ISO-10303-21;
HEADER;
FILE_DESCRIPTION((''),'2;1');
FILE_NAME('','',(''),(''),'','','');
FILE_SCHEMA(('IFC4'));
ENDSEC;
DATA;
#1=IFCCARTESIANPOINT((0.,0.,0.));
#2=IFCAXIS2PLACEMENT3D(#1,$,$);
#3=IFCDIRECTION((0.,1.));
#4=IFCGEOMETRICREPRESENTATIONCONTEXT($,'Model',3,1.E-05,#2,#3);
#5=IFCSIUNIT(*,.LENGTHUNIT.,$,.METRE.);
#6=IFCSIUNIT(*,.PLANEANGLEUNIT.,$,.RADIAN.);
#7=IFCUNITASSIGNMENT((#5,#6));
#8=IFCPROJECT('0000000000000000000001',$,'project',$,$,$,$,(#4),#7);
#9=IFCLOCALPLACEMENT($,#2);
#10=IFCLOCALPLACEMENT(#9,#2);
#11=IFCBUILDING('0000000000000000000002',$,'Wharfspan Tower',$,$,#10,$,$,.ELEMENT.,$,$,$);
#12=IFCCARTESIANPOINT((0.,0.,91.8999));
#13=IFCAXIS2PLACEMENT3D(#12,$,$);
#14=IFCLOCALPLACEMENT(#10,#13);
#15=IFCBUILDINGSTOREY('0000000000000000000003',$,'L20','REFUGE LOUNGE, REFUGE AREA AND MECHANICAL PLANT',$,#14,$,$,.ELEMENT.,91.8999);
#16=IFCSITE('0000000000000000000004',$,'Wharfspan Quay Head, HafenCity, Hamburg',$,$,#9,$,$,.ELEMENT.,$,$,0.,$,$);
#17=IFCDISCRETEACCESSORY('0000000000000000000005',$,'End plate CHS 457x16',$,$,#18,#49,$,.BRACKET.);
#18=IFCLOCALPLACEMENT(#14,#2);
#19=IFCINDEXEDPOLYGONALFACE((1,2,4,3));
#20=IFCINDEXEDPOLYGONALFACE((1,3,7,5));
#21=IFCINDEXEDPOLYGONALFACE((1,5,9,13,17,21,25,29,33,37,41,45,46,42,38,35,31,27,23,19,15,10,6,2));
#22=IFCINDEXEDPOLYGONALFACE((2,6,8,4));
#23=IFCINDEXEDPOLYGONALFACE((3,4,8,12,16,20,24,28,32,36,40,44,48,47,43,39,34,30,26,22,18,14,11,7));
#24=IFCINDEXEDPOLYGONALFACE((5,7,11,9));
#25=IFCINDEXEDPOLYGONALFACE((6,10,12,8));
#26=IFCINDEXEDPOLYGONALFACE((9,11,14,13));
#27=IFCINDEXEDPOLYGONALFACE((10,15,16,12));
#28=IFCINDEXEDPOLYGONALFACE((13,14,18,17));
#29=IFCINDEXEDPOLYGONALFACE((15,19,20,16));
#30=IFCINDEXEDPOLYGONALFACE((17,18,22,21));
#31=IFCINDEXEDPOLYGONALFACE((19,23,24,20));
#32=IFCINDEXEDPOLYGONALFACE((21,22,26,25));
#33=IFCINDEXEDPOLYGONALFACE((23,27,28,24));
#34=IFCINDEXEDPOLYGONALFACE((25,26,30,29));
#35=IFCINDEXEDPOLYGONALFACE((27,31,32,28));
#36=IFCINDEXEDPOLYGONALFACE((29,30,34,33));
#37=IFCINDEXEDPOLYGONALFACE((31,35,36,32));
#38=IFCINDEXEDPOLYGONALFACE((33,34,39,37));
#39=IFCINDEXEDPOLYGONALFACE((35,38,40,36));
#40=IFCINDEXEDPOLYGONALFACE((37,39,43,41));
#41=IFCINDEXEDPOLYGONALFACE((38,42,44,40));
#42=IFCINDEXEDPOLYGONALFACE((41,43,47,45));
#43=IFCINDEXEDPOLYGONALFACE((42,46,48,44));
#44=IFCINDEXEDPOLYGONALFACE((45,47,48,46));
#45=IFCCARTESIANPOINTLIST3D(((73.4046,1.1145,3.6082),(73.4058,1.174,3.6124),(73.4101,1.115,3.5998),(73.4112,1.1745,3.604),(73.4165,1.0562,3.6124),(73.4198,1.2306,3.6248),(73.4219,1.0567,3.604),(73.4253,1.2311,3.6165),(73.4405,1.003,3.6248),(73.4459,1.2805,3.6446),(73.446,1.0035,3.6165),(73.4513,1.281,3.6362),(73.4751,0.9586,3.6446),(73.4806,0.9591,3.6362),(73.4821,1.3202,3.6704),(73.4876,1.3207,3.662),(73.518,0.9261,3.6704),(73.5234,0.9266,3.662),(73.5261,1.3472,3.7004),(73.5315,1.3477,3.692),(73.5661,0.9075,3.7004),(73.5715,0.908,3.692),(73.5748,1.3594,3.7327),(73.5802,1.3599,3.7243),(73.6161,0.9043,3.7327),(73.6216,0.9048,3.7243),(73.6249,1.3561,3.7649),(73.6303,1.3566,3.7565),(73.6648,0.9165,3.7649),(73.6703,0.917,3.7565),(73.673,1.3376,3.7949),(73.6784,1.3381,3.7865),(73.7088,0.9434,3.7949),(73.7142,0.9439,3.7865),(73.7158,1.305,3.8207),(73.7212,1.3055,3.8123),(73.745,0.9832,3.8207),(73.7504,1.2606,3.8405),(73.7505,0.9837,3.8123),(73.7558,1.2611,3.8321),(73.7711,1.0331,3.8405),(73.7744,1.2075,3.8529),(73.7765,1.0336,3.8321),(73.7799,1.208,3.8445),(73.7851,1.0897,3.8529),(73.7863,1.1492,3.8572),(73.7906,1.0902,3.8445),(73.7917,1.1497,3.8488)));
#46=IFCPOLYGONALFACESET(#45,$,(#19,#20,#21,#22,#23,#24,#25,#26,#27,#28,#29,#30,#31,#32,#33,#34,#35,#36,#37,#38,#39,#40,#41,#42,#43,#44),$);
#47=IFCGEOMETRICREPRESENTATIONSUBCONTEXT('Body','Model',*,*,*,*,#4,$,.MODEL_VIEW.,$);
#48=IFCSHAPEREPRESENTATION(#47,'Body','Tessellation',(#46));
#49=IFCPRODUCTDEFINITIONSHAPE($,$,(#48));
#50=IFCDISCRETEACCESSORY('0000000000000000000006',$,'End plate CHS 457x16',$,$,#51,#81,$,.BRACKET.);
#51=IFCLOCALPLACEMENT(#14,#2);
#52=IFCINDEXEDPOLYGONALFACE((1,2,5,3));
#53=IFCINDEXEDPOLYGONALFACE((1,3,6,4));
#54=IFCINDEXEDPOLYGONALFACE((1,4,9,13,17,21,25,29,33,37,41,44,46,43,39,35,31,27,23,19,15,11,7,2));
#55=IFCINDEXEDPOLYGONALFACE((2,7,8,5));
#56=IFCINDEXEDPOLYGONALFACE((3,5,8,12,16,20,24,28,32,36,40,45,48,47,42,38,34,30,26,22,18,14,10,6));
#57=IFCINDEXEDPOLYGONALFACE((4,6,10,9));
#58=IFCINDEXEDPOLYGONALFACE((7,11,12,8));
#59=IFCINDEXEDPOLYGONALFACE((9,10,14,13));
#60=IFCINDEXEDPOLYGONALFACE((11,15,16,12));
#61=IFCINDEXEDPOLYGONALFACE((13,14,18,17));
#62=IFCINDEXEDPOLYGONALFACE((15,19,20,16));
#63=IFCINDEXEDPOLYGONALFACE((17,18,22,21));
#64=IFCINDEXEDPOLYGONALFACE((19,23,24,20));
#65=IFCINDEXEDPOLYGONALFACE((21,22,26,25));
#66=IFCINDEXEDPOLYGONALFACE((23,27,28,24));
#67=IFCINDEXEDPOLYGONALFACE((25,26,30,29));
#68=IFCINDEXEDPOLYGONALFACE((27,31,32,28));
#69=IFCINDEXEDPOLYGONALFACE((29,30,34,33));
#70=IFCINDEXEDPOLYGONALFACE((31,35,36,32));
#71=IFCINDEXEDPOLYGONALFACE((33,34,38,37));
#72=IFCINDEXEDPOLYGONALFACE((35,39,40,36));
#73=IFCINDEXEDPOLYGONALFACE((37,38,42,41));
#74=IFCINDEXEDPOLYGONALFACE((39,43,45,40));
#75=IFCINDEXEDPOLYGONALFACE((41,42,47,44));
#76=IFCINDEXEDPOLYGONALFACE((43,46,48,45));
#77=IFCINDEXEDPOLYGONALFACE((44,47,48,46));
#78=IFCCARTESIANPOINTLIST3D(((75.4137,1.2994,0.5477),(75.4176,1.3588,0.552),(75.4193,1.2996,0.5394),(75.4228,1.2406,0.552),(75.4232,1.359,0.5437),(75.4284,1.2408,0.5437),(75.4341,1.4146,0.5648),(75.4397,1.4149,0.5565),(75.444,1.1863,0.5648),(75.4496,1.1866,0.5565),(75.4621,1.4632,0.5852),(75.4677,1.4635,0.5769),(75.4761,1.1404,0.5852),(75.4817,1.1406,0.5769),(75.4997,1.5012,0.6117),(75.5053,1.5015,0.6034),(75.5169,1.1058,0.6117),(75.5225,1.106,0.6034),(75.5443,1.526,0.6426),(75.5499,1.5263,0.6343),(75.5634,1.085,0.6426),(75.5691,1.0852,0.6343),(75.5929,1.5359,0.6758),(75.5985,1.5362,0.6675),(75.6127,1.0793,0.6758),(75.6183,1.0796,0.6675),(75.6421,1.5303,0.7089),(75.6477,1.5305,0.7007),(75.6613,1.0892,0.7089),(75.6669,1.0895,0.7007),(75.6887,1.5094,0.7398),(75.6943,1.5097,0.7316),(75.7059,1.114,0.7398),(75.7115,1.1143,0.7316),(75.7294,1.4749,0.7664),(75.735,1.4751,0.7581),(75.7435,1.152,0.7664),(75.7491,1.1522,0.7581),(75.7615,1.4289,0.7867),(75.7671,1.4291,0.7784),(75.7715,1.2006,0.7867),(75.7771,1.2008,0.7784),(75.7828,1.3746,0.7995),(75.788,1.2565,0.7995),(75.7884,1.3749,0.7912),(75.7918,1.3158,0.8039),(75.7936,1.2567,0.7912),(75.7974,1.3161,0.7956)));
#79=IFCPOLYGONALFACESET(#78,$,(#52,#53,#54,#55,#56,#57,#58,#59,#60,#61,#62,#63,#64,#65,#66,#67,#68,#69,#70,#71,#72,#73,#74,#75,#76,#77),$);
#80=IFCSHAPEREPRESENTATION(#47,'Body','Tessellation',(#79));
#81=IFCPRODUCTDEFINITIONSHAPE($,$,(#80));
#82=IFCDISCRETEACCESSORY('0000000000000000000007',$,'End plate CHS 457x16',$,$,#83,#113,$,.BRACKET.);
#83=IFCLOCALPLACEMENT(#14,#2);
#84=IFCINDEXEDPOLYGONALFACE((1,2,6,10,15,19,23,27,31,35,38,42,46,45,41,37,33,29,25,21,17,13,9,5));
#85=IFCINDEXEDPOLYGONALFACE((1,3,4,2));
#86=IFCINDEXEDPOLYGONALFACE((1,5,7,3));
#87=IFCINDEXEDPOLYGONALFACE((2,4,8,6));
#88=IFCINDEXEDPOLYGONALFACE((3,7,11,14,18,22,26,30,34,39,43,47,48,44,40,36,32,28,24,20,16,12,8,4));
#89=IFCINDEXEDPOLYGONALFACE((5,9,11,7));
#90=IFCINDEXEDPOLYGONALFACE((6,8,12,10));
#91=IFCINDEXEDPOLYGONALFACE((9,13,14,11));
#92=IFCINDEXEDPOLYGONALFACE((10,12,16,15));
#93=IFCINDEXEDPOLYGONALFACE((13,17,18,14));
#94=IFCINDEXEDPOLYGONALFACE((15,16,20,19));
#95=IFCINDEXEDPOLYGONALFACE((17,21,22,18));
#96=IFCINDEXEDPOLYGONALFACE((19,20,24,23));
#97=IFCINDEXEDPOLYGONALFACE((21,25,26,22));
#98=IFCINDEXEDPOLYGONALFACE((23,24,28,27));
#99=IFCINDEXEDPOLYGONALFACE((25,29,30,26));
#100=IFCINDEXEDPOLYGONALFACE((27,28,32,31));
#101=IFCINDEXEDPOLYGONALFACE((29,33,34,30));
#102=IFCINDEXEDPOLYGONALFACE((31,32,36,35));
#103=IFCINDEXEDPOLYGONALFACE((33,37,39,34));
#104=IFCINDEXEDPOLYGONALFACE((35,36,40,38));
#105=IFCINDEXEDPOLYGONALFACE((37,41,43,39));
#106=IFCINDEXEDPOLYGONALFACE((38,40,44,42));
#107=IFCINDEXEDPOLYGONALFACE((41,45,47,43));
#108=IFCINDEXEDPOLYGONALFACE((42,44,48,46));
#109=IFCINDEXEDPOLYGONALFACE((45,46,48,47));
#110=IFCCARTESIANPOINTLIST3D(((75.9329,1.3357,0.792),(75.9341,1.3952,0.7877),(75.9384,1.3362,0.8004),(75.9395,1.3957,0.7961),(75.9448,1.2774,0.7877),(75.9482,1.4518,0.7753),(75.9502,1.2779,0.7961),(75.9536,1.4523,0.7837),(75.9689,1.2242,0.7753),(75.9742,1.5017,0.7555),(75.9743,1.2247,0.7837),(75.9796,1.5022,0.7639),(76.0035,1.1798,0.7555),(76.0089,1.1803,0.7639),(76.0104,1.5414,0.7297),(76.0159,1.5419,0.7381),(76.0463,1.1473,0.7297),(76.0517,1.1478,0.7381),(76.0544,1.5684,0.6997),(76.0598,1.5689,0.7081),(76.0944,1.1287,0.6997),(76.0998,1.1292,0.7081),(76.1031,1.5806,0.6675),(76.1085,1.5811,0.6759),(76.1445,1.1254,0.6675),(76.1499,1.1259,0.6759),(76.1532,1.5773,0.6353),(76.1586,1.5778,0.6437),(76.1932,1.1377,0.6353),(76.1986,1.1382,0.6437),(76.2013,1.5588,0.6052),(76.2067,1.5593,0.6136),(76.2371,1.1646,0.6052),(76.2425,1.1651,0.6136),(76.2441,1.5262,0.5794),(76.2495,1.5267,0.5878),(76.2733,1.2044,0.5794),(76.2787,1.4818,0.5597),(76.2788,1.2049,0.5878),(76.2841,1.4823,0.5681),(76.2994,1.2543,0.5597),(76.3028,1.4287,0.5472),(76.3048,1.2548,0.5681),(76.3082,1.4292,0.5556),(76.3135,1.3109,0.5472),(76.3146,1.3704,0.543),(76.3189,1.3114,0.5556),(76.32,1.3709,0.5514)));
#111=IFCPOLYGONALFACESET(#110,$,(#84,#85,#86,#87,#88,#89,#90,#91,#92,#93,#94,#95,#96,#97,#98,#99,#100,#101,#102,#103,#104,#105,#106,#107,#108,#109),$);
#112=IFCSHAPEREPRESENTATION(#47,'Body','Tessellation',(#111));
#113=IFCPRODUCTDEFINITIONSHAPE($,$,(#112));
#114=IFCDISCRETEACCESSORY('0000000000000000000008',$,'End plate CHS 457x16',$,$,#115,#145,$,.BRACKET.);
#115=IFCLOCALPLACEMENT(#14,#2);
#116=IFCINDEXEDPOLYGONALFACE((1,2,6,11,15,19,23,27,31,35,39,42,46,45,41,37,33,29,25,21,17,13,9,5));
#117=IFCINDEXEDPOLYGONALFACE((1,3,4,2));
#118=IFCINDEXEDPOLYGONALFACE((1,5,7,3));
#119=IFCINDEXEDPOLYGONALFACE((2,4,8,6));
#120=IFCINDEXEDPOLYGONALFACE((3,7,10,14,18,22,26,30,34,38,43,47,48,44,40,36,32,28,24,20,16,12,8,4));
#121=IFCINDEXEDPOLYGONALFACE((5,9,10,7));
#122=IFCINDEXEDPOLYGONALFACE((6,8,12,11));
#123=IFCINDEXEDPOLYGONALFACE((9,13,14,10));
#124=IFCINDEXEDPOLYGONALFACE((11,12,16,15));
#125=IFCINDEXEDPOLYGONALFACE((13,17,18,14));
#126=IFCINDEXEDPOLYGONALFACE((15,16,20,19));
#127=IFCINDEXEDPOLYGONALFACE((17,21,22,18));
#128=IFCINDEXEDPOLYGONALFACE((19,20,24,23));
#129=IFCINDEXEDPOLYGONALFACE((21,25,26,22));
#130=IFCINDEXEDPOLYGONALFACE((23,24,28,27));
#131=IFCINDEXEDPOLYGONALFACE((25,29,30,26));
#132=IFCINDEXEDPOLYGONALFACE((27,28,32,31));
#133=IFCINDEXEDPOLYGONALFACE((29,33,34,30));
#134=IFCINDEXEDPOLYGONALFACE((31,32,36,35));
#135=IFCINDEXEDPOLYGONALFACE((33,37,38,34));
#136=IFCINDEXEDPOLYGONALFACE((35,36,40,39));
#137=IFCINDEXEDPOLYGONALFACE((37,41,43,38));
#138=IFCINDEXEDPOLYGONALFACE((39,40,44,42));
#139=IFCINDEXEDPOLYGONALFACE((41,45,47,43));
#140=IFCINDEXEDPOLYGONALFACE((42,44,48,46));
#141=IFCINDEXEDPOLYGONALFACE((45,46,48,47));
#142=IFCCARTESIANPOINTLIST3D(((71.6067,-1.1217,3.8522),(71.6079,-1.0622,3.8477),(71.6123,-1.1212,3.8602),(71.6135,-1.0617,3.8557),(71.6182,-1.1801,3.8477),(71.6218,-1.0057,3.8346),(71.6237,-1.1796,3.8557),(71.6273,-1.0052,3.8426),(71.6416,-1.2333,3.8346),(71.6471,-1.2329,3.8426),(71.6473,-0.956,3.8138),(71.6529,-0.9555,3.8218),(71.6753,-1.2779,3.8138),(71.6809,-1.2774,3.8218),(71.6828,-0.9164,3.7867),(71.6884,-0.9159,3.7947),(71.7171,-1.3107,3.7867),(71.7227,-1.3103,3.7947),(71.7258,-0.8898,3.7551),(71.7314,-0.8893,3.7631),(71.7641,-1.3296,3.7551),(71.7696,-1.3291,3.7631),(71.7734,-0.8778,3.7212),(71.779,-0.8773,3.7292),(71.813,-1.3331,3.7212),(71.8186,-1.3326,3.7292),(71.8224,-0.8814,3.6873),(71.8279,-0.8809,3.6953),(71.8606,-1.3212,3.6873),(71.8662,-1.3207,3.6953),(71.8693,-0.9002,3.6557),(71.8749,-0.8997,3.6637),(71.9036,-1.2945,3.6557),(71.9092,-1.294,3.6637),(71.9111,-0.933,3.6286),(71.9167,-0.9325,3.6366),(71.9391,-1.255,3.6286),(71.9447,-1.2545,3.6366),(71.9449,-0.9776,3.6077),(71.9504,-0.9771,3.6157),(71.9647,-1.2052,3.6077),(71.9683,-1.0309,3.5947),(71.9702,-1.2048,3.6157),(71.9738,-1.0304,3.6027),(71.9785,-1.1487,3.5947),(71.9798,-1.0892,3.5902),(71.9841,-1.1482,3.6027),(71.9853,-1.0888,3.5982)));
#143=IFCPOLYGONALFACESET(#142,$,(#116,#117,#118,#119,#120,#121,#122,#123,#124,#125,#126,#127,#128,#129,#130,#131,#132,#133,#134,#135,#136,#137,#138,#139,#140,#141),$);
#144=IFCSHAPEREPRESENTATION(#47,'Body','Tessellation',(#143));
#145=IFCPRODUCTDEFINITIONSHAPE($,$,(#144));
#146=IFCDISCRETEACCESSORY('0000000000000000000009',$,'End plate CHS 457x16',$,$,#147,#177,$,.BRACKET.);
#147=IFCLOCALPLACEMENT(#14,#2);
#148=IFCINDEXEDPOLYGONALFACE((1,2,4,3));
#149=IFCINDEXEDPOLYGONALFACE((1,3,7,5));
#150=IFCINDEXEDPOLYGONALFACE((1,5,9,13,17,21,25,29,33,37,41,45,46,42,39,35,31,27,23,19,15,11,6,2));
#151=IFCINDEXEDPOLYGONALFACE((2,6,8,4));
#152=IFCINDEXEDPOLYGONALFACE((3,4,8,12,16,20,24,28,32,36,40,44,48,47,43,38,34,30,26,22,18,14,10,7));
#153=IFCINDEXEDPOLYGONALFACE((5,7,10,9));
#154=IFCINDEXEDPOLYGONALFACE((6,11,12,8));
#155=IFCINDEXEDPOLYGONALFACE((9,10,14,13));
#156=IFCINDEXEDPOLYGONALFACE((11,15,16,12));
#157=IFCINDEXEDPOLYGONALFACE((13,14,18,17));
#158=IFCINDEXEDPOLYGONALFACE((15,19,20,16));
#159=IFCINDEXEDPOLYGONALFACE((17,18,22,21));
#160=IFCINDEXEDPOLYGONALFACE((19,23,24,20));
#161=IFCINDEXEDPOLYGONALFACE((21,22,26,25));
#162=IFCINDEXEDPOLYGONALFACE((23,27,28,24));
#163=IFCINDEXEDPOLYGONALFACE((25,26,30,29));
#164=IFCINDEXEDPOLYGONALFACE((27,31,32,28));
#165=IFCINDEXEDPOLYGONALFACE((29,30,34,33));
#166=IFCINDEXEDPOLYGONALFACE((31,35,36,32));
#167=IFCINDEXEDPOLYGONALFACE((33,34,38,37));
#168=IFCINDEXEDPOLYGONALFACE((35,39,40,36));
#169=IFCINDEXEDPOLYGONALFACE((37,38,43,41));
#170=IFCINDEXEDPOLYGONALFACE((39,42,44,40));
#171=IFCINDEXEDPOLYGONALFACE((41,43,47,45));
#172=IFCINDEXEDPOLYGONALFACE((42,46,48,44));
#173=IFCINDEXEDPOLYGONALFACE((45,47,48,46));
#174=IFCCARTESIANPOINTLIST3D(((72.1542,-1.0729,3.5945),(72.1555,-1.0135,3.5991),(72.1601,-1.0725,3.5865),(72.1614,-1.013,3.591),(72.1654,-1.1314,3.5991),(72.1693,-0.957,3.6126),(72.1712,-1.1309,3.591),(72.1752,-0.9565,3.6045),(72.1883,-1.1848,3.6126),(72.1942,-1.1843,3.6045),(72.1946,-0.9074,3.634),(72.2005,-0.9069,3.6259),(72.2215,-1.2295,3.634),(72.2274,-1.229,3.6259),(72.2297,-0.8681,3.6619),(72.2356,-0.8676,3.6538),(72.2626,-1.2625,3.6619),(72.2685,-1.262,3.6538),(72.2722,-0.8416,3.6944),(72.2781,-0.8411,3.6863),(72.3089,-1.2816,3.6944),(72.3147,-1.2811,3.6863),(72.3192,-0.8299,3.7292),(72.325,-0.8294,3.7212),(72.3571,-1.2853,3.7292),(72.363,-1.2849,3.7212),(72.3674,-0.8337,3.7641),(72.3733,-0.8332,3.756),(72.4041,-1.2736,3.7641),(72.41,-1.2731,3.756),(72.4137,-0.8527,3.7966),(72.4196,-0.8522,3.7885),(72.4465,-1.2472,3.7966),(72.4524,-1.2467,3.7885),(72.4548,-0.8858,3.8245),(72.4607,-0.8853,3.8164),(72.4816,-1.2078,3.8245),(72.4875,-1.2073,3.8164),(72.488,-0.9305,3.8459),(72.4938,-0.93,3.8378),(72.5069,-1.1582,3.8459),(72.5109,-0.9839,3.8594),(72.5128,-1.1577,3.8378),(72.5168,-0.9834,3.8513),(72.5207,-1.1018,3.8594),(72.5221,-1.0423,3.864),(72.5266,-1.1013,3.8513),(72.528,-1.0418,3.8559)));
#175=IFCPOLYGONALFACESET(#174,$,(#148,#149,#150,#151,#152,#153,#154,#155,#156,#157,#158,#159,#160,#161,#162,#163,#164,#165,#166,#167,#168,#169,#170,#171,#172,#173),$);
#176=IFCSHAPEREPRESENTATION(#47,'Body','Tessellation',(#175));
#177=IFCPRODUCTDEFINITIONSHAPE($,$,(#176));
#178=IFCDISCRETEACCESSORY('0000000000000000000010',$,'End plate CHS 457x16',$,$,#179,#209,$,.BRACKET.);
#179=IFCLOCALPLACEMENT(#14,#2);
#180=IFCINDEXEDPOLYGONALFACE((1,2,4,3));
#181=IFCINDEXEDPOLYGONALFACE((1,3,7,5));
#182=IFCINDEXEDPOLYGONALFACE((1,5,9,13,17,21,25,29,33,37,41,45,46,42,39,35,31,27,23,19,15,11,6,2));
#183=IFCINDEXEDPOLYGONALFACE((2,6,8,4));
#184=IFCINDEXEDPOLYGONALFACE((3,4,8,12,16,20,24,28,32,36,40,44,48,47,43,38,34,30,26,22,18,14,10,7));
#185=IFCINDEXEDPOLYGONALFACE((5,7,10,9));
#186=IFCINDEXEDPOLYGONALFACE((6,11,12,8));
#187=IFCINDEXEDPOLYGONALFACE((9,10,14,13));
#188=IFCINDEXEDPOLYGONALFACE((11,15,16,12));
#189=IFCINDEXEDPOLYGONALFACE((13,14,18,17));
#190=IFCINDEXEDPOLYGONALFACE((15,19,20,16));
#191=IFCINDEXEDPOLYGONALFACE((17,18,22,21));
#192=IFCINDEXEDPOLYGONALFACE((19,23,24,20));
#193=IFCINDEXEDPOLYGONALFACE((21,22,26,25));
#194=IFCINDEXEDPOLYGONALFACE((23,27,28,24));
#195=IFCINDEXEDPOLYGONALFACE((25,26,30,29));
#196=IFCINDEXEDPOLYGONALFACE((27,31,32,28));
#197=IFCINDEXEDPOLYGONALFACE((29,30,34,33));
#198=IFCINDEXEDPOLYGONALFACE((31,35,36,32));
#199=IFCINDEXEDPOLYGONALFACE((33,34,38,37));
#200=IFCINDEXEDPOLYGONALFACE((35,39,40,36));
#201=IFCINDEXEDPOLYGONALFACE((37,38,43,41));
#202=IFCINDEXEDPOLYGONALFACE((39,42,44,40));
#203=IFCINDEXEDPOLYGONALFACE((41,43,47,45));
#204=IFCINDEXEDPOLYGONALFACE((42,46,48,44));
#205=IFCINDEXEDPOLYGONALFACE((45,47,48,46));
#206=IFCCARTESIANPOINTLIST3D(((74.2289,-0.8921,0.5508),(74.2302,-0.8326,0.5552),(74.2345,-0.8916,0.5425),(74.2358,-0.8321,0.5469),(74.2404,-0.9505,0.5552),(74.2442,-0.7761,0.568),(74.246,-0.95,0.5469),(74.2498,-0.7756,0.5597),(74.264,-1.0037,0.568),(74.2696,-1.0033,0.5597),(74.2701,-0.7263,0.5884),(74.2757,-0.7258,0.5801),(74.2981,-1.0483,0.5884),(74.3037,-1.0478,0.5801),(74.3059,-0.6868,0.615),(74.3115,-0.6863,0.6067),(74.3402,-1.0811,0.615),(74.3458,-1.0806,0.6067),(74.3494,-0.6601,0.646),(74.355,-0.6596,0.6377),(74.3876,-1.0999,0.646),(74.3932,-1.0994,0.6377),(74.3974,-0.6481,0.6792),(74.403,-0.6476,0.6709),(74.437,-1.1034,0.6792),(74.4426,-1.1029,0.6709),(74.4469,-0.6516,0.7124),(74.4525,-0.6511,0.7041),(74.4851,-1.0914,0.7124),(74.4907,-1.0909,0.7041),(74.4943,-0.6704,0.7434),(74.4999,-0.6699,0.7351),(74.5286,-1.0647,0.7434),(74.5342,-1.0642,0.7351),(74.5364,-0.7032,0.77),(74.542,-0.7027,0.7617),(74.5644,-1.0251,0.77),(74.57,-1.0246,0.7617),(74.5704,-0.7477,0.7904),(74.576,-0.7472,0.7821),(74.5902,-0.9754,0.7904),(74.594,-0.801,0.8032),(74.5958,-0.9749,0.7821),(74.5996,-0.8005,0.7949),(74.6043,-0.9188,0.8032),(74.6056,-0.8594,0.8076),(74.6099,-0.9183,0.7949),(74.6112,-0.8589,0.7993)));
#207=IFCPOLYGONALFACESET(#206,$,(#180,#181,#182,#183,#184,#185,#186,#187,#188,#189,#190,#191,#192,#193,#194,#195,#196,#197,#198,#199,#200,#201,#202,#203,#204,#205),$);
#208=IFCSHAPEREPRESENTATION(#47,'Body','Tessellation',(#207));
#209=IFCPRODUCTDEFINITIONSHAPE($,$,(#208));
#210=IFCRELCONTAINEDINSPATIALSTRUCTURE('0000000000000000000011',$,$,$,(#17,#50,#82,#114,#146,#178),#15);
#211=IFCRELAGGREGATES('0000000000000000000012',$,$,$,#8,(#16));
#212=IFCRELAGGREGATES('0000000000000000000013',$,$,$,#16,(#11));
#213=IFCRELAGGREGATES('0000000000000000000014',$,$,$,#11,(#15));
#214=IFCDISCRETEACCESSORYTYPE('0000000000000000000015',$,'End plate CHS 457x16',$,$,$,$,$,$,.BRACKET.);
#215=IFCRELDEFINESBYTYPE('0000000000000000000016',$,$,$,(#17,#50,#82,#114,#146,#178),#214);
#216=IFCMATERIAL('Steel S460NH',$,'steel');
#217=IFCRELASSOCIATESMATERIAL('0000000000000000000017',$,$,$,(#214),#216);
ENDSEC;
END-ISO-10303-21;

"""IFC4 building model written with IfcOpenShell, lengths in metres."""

from ifc_helpers import new_model, si_unit, direction, frame, origin, origin_2d, place, context, subcontext, project, spatial, circle, extrude, material, material_profile, profile_set, type_object, element, save


model = new_model("IFC4")

# Units and contexts
model_context = context("Model", 3, precision=1e-05, world=origin(), true_north=direction((0.0, 1.0)))
body_context = subcontext(model_context, "Body", "Model", "MODEL_VIEW")
ifc_project = project(units=[si_unit("LENGTHUNIT", "METRE"), si_unit("PLANEANGLEUNIT", "RADIAN")], contexts=[model_context])

# Site, building, storey
site_placement = place(None, origin())
site = spatial("IfcSite", under=ifc_project, at=site_placement, Name="Wharfspan Quay Head, HafenCity, Hamburg", CompositionType="ELEMENT", RefElevation=0.0)
building_placement = place(site_placement, origin())
building = spatial("IfcBuilding", under=site, at=building_placement, Name="Wharfspan Tower", CompositionType="ELEMENT")
storey_placement = place(building_placement, frame((0.0, 0.0, 91.8999)))
storey = spatial("IfcBuildingStorey", under=building, at=storey_placement, Name="L20", Description="REFUGE LOUNGE, REFUGE AREA AND MECHANICAL PLANT", CompositionType="ELEMENT", Elevation=91.8999)

# Shared definitions
ifc_material_1 = material(Name="Steel S460NH", Category="steel")

# Discrete accessories
ifc_material_profile_1 = material_profile(ifc_material_1, circle(Radius=0.2285, at=origin_2d()))
ifc_profile_set_1 = profile_set([ifc_material_profile_1], Name="Steel S460NH")
discrete_accessory_type_1 = type_object("IfcDiscreteAccessoryType", Name="End plate CHS 457x16", PredefinedType="BRACKET", material=ifc_profile_set_1)
for number, where, z_axis, x_axis, name in (
    (1, (73.5955, 1.1318, 3.7327), (0.54259, 0.049326, -0.838548), (-0.090535, 0.995892, 0.0), "End plate CHS 457x16"),
    (2, (75.6028, 1.3076, 0.6758), (0.560143, 0.024354, -0.828038), (-0.043437, 0.999053, 0.0), "End plate CHS 457x16"),
    (3, (76.1238, 1.353, 0.6675), (0.54259, 0.049326, 0.838548), (-0.090535, 0.995892, 0.0), "End plate CHS 457x16"),
):
    element("IfcDiscreteAccessory", number, at=place(storey_placement, frame(where, z_axis=z_axis, x_axis=x_axis)), inside=storey, type_object=discrete_accessory_type_1, Name=name, PredefinedType="BRACKET", context=body_context, shape_type="SweptSolid", body=[
        extrude(circle(Radius=0.2285, at=origin_2d()), origin(), (0.0, 0.0, 1.0), 0.01),
    ])
discrete_accessory_1_placement = place(storey_placement, frame((71.7932, -1.1055, 3.7212), z_axis=(0.571087, 0.04966, 0.819386), x_axis=(-0.08663, 0.99624, 0.0)))
element("IfcDiscreteAccessory", 4, at=discrete_accessory_1_placement, inside=storey, type_object=discrete_accessory_type_1, Name="End plate CHS 457x16", PredefinedType="BRACKET", context=body_context, shape_type="SweptSolid", body=[
    extrude(circle(Radius=0.2285, at=origin_2d()), origin(), (0.0, 0.0, 1.0), 0.0098),
])
for number, where, z_axis, x_axis, name in (
    (5, (72.3381, -1.0576, 3.7292), (0.587466, 0.048956, -0.807766), (-0.083046, 0.996542, 0.0), "End plate CHS 457x16"),
    (6, (74.4172, -0.8757, 0.6792), (0.559645, 0.048665, -0.827302), (-0.086627, 0.99624, 0.000002), "End plate CHS 457x16"),
):
    element("IfcDiscreteAccessory", number, at=place(storey_placement, frame(where, z_axis=z_axis, x_axis=x_axis)), inside=storey, type_object=discrete_accessory_type_1, Name=name, PredefinedType="BRACKET", context=body_context, shape_type="SweptSolid", body=[
        extrude(circle(Radius=0.2285, at=origin_2d()), origin(), (0.0, 0.0, 1.0), 0.01),
    ])

save(model, "model.ifc")
